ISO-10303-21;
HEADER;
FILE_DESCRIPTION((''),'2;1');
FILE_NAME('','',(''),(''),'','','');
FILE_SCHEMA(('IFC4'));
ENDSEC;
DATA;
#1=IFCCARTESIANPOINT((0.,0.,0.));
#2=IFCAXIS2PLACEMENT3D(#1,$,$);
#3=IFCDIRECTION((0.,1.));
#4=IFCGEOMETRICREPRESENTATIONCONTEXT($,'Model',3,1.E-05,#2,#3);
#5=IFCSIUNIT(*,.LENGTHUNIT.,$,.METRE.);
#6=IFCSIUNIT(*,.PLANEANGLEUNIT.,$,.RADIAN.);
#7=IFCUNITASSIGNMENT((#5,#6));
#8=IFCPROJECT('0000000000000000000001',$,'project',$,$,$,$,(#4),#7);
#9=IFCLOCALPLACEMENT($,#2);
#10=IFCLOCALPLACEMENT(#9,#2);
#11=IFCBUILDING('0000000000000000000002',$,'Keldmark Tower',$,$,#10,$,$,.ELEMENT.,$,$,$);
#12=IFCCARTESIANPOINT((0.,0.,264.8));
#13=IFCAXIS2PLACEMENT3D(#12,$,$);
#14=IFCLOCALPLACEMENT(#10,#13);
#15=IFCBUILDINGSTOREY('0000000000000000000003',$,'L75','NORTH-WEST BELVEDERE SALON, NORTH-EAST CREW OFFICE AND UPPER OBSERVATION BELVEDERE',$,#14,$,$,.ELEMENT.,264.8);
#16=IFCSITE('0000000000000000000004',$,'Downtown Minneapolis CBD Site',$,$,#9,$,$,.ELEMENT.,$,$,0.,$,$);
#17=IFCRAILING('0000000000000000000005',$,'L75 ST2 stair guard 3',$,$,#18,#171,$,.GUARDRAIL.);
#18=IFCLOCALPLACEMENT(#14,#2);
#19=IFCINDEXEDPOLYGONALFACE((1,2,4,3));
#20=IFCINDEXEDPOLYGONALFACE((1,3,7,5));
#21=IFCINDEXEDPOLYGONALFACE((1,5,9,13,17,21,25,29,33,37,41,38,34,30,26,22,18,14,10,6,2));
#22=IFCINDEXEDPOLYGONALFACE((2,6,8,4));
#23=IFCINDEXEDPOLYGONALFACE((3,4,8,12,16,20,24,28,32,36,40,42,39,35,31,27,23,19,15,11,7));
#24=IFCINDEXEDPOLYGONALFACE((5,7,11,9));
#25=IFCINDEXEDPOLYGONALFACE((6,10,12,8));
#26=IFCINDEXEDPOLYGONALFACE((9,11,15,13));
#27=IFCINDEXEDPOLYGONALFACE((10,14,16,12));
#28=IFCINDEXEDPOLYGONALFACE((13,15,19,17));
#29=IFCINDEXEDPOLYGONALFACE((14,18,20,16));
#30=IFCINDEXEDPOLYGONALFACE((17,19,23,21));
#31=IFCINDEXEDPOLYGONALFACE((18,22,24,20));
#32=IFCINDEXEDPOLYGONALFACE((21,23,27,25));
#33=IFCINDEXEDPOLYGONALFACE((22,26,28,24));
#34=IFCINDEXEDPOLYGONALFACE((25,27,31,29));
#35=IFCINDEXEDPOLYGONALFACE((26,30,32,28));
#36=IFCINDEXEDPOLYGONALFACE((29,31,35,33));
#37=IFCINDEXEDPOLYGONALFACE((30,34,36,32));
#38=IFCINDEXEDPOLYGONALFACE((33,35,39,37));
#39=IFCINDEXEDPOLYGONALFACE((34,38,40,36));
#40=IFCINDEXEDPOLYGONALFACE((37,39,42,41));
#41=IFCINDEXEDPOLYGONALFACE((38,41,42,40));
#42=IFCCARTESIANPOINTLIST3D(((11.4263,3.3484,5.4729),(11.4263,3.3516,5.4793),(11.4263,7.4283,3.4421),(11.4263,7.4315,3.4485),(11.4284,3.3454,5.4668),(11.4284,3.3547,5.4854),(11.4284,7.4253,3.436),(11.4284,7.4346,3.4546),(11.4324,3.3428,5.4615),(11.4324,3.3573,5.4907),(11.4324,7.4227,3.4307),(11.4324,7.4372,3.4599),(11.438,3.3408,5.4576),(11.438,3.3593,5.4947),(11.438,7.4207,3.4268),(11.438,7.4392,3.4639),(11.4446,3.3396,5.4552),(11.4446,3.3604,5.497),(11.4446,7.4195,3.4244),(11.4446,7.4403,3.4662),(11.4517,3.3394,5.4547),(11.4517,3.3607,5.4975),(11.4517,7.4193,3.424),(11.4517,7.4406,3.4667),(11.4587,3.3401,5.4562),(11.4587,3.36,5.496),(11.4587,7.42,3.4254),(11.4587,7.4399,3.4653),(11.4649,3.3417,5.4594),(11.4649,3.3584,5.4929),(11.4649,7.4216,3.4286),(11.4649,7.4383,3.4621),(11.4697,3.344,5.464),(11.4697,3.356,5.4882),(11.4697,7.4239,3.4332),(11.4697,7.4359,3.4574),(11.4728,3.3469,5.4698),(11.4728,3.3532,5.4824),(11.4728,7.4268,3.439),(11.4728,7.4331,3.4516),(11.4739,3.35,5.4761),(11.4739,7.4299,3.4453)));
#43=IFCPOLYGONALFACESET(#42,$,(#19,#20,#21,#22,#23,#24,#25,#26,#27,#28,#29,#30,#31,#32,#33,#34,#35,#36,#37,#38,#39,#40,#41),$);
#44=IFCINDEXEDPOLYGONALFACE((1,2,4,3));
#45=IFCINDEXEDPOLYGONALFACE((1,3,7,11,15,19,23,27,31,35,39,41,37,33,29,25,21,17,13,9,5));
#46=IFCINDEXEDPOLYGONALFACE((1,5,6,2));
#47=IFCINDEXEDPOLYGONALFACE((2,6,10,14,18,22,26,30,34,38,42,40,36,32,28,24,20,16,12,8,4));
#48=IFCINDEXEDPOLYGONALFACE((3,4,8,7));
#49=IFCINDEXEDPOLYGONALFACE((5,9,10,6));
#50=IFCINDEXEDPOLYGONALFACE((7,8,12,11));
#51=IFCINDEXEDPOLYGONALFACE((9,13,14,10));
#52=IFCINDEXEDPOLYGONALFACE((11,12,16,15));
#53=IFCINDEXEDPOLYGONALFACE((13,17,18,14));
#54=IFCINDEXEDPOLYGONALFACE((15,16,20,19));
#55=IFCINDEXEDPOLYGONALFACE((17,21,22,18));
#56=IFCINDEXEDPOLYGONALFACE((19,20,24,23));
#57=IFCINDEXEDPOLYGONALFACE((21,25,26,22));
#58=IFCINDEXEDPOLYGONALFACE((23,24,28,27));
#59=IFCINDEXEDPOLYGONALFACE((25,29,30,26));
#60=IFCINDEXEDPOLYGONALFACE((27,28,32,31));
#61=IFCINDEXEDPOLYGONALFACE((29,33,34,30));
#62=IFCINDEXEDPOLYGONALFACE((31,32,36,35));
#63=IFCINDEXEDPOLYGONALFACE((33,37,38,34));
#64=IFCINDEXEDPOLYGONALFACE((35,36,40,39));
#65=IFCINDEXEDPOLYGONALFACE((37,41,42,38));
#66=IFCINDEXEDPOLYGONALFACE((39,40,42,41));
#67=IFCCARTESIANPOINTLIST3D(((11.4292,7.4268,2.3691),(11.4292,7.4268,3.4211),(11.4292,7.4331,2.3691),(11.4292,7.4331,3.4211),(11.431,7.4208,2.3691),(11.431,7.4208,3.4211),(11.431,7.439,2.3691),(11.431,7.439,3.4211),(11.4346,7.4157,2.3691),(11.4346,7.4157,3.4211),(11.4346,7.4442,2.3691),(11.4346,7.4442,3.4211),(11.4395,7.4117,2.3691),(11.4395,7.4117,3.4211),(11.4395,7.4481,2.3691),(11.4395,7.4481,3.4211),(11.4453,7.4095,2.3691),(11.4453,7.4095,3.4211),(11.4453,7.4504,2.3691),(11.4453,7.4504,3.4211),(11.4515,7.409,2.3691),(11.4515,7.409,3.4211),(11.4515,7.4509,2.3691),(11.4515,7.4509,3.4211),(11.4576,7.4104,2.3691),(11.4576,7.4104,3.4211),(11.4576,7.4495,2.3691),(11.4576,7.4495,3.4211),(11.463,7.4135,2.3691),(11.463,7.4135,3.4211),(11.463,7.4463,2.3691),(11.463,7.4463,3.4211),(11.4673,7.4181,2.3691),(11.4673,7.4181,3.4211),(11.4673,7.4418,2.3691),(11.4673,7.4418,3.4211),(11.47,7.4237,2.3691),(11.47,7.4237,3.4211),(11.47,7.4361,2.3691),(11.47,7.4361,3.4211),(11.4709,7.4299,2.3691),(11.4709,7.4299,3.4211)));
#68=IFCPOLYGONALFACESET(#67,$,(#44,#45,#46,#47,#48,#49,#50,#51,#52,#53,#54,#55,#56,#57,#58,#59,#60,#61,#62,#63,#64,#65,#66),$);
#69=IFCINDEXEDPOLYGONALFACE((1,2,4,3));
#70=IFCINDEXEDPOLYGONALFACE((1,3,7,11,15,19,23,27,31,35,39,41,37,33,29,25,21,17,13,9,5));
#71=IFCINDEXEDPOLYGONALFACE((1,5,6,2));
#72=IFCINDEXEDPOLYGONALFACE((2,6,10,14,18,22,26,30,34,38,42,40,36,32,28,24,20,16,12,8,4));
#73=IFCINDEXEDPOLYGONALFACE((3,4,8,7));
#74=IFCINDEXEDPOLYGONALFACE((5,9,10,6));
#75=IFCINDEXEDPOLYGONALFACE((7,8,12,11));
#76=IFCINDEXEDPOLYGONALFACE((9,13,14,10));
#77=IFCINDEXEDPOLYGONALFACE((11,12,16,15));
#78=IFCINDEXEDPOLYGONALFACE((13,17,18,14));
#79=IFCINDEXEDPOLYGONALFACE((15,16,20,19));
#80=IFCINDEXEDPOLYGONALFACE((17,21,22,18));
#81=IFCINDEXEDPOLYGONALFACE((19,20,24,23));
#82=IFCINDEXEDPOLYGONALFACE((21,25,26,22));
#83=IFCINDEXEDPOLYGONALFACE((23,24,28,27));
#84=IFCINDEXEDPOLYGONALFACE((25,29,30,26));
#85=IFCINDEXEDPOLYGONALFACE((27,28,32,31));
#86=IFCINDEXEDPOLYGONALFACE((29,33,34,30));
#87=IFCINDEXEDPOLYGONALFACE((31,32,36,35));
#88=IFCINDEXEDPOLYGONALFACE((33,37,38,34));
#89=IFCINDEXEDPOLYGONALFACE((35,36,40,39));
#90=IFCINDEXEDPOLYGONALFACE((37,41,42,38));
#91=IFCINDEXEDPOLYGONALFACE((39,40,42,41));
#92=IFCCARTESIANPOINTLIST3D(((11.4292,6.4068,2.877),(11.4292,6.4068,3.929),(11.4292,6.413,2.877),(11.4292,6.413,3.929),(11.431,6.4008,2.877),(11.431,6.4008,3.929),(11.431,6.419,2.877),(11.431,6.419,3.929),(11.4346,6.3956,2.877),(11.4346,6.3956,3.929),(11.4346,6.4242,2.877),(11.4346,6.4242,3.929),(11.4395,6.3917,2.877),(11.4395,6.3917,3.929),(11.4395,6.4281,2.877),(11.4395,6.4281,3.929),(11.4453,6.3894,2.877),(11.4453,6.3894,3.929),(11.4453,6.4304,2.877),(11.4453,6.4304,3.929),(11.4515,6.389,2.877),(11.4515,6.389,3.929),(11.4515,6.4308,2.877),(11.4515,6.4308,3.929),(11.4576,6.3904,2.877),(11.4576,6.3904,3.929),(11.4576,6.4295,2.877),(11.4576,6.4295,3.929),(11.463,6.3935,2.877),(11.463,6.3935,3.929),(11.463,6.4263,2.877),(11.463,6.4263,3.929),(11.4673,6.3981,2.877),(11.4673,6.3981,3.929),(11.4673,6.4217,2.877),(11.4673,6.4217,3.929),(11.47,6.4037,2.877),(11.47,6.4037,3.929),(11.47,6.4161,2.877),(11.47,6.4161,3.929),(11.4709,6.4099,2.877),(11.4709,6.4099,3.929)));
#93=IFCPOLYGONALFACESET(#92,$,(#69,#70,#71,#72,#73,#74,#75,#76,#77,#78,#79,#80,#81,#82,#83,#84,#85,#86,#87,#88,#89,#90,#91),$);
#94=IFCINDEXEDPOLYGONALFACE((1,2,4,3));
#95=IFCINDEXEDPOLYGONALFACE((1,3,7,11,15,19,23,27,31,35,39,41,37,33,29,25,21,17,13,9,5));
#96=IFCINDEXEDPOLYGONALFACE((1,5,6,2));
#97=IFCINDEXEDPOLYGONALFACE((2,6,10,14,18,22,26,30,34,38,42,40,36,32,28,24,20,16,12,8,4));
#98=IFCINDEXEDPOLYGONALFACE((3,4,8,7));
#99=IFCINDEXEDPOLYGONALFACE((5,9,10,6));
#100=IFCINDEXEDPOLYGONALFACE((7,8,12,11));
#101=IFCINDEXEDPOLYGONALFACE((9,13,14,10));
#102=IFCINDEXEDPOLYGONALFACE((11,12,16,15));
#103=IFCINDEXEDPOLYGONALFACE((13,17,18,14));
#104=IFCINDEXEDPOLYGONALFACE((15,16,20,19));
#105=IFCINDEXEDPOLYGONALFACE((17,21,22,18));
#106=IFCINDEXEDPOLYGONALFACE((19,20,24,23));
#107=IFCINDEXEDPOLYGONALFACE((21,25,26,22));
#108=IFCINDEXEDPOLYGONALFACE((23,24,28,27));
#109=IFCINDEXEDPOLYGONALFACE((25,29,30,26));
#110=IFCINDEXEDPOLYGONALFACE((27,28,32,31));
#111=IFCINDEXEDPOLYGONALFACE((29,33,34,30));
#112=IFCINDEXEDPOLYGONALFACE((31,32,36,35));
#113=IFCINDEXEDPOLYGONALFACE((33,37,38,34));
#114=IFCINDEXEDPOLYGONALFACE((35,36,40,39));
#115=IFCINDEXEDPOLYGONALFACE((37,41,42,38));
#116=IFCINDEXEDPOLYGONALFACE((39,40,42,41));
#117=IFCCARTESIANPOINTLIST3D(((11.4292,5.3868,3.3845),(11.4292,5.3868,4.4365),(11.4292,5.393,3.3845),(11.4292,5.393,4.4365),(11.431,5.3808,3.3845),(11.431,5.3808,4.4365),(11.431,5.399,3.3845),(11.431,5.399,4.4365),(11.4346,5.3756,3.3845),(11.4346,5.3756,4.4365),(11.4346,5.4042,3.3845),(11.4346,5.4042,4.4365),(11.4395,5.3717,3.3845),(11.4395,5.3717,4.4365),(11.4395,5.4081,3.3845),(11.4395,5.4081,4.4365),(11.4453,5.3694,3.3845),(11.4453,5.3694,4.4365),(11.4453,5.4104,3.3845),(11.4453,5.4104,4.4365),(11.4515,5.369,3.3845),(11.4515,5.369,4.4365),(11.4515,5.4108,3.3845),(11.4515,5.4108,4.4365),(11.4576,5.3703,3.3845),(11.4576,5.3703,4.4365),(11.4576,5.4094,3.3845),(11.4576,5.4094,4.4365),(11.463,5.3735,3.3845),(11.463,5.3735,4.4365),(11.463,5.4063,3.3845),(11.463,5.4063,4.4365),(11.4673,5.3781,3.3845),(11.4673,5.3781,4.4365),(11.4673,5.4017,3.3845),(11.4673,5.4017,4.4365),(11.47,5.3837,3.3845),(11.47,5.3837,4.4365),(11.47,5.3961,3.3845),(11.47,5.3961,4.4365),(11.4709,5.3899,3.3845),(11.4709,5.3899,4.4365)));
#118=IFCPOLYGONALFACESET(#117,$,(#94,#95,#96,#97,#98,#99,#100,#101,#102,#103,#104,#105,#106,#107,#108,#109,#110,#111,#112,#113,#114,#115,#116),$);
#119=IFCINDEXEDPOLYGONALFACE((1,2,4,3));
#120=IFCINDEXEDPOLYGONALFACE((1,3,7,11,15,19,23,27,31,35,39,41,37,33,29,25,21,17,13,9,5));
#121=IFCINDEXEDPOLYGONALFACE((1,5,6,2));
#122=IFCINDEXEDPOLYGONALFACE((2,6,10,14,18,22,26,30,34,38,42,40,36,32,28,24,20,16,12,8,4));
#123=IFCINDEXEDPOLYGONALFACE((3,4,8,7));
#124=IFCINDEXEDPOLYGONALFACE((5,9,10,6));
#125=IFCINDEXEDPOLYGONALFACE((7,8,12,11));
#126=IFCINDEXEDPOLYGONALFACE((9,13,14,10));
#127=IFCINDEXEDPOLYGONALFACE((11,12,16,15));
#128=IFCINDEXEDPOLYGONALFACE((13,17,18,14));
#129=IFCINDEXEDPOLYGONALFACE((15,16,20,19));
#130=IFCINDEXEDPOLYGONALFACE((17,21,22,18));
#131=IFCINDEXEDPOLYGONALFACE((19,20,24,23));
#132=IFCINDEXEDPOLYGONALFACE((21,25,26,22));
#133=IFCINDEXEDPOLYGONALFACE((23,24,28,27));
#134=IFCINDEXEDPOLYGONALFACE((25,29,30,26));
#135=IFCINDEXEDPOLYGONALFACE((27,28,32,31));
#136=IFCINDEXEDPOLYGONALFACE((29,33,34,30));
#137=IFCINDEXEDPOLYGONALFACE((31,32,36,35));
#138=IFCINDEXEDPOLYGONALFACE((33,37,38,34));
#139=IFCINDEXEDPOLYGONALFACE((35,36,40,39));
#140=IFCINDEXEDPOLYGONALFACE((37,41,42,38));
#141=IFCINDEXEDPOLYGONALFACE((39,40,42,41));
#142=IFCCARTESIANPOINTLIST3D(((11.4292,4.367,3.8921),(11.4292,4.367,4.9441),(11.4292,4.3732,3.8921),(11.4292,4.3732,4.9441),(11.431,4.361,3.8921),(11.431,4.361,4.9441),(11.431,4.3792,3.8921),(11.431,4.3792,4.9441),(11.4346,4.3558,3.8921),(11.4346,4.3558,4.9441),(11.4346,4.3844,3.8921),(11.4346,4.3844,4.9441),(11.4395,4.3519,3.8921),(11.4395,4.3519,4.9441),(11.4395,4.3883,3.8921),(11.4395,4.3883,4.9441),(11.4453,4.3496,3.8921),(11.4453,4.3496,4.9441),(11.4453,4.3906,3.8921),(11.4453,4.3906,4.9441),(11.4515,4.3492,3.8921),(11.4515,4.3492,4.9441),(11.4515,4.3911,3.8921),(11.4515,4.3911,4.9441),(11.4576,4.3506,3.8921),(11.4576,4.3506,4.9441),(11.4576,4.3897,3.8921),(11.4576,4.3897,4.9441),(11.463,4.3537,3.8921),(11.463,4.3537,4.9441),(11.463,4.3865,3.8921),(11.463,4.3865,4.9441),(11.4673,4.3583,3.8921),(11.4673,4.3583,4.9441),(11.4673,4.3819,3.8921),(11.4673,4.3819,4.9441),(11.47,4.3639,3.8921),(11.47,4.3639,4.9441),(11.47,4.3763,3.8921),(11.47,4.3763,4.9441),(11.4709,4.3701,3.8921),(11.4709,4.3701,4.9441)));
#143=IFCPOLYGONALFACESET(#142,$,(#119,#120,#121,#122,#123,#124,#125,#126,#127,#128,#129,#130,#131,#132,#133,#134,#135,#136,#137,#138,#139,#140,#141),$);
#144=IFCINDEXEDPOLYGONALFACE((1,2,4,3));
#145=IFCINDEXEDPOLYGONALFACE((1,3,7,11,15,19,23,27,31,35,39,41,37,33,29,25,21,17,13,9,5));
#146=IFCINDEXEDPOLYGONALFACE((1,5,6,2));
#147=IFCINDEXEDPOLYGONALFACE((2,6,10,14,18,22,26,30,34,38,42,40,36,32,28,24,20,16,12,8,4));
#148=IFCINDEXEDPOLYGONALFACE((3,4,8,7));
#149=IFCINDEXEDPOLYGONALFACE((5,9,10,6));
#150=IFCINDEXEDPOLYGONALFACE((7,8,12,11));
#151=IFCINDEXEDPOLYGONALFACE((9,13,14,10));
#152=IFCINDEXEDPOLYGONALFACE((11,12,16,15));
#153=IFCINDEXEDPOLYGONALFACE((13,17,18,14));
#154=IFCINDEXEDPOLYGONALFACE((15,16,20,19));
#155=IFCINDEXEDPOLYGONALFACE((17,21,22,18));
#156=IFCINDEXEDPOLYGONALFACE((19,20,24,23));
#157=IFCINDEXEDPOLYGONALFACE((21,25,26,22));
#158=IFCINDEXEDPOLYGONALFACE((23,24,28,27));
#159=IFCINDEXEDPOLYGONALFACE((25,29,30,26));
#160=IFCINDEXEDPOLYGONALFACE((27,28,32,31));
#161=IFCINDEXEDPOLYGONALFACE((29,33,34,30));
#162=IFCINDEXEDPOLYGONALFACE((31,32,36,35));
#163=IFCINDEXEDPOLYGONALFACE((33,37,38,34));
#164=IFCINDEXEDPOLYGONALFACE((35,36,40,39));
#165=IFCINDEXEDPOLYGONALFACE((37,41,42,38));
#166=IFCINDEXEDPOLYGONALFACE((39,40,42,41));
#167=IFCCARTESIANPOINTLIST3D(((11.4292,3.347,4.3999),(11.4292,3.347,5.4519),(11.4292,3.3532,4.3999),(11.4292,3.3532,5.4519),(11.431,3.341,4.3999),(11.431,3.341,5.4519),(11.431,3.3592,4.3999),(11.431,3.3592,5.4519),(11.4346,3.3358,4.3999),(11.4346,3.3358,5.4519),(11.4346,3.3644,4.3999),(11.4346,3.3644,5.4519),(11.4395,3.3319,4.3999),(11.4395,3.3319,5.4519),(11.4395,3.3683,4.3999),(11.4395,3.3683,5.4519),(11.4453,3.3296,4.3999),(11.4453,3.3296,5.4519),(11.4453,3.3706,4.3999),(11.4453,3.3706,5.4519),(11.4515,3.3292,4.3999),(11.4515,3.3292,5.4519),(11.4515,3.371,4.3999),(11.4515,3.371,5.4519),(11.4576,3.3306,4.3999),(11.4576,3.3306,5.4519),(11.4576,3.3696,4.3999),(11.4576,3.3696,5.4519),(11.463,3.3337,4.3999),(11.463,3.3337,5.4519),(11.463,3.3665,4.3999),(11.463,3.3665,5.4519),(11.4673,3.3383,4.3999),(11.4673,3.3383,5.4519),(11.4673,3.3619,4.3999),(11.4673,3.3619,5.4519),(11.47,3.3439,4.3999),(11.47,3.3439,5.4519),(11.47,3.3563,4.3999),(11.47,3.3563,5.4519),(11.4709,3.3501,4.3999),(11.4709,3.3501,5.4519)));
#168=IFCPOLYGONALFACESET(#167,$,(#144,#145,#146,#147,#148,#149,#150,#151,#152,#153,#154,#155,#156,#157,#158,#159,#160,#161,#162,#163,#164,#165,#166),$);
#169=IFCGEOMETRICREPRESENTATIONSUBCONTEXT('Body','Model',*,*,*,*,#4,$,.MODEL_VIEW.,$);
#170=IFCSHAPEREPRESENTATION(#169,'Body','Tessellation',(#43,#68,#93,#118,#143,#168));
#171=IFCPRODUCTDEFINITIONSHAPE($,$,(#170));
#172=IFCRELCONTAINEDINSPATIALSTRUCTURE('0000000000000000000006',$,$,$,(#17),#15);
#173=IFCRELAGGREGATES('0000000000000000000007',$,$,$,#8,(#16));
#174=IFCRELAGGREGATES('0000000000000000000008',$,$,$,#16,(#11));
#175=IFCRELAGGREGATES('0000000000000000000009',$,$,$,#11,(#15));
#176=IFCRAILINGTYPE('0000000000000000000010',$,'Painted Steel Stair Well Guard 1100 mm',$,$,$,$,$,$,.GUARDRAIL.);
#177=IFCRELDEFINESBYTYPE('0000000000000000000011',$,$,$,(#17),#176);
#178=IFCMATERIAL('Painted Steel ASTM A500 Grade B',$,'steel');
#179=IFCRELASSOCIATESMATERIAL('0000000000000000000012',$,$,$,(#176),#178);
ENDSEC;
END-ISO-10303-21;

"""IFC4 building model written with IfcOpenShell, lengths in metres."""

from ifc_helpers import new_model, si_unit, direction, frame, origin, origin_2d, place, context, subcontext, project, spatial, circle, extrude, material, type_object, element, save


model = new_model("IFC4")

# Units and contexts
model_context = context("Model", 3, precision=1e-05, world=origin(), true_north=direction((0.0, 1.0)))
body_context = subcontext(model_context, "Body", "Model", "MODEL_VIEW")
ifc_project = project(units=[si_unit("LENGTHUNIT", "METRE"), si_unit("PLANEANGLEUNIT", "RADIAN")], contexts=[model_context])

# Site, building, storey
site_placement = place(None, origin())
site = spatial("IfcSite", under=ifc_project, at=site_placement, Name="Downtown Minneapolis CBD Site", CompositionType="ELEMENT", RefElevation=0.0)
building_placement = place(site_placement, origin())
building = spatial("IfcBuilding", under=site, at=building_placement, Name="Keldmark Tower", CompositionType="ELEMENT")
storey_placement = place(building_placement, frame((0.0, 0.0, 264.8)))
storey = spatial("IfcBuildingStorey", under=building, at=storey_placement, Name="L75", Description="NORTH-WEST BELVEDERE SALON, NORTH-EAST CREW OFFICE AND UPPER OBSERVATION BELVEDERE", CompositionType="ELEMENT", Elevation=264.8)

# Railing
ifc_material_1 = material(Name="Painted Steel ASTM A500 Grade B", Category="steel")
railing_type = type_object("IfcRailingType", Name="Painted Steel Stair Well Guard 1100 mm", PredefinedType="GUARDRAIL", material=ifc_material_1)
railing_1_placement = place(storey_placement, frame((11.45, 7.4299, 2.3691)))
element("IfcRailing", 1, at=railing_1_placement, inside=storey, type_object=railing_type, Name="L75 ST2 stair guard 3", PredefinedType="GUARDRAIL", context=body_context, shape_type="SweptSolid", body=[
    extrude(circle(Radius=0.0239, at=origin_2d()), frame((0.0, 0.0, 1.0762), z_axis=(0.0, -0.895229, 0.445606), x_axis=(1.0, 0.0, 0.0)), (0.0, 0.0, 1.0), 4.5574),
    extrude(circle(Radius=0.021, at=origin_2d()), origin(), (0.0, 0.0, 1.0), 1.052),
    extrude(circle(Radius=0.021, at=origin_2d()), frame((0.0, -1.02, 0.5078)), (0.0, 0.0, 1.0), 1.052),
    extrude(circle(Radius=0.021, at=origin_2d()), frame((0.0, -2.04, 1.0154)), (0.0, 0.0, 1.0), 1.052),
    extrude(circle(Radius=0.021, at=origin_2d()), frame((0.0, -3.0598, 1.5229)), (0.0, 0.0, 1.0), 1.052),
    extrude(circle(Radius=0.021, at=origin_2d()), frame((0.0, -4.0798, 2.0308)), (0.0, 0.0, 1.0), 1.052),
])

save(model, "model.ifc")
